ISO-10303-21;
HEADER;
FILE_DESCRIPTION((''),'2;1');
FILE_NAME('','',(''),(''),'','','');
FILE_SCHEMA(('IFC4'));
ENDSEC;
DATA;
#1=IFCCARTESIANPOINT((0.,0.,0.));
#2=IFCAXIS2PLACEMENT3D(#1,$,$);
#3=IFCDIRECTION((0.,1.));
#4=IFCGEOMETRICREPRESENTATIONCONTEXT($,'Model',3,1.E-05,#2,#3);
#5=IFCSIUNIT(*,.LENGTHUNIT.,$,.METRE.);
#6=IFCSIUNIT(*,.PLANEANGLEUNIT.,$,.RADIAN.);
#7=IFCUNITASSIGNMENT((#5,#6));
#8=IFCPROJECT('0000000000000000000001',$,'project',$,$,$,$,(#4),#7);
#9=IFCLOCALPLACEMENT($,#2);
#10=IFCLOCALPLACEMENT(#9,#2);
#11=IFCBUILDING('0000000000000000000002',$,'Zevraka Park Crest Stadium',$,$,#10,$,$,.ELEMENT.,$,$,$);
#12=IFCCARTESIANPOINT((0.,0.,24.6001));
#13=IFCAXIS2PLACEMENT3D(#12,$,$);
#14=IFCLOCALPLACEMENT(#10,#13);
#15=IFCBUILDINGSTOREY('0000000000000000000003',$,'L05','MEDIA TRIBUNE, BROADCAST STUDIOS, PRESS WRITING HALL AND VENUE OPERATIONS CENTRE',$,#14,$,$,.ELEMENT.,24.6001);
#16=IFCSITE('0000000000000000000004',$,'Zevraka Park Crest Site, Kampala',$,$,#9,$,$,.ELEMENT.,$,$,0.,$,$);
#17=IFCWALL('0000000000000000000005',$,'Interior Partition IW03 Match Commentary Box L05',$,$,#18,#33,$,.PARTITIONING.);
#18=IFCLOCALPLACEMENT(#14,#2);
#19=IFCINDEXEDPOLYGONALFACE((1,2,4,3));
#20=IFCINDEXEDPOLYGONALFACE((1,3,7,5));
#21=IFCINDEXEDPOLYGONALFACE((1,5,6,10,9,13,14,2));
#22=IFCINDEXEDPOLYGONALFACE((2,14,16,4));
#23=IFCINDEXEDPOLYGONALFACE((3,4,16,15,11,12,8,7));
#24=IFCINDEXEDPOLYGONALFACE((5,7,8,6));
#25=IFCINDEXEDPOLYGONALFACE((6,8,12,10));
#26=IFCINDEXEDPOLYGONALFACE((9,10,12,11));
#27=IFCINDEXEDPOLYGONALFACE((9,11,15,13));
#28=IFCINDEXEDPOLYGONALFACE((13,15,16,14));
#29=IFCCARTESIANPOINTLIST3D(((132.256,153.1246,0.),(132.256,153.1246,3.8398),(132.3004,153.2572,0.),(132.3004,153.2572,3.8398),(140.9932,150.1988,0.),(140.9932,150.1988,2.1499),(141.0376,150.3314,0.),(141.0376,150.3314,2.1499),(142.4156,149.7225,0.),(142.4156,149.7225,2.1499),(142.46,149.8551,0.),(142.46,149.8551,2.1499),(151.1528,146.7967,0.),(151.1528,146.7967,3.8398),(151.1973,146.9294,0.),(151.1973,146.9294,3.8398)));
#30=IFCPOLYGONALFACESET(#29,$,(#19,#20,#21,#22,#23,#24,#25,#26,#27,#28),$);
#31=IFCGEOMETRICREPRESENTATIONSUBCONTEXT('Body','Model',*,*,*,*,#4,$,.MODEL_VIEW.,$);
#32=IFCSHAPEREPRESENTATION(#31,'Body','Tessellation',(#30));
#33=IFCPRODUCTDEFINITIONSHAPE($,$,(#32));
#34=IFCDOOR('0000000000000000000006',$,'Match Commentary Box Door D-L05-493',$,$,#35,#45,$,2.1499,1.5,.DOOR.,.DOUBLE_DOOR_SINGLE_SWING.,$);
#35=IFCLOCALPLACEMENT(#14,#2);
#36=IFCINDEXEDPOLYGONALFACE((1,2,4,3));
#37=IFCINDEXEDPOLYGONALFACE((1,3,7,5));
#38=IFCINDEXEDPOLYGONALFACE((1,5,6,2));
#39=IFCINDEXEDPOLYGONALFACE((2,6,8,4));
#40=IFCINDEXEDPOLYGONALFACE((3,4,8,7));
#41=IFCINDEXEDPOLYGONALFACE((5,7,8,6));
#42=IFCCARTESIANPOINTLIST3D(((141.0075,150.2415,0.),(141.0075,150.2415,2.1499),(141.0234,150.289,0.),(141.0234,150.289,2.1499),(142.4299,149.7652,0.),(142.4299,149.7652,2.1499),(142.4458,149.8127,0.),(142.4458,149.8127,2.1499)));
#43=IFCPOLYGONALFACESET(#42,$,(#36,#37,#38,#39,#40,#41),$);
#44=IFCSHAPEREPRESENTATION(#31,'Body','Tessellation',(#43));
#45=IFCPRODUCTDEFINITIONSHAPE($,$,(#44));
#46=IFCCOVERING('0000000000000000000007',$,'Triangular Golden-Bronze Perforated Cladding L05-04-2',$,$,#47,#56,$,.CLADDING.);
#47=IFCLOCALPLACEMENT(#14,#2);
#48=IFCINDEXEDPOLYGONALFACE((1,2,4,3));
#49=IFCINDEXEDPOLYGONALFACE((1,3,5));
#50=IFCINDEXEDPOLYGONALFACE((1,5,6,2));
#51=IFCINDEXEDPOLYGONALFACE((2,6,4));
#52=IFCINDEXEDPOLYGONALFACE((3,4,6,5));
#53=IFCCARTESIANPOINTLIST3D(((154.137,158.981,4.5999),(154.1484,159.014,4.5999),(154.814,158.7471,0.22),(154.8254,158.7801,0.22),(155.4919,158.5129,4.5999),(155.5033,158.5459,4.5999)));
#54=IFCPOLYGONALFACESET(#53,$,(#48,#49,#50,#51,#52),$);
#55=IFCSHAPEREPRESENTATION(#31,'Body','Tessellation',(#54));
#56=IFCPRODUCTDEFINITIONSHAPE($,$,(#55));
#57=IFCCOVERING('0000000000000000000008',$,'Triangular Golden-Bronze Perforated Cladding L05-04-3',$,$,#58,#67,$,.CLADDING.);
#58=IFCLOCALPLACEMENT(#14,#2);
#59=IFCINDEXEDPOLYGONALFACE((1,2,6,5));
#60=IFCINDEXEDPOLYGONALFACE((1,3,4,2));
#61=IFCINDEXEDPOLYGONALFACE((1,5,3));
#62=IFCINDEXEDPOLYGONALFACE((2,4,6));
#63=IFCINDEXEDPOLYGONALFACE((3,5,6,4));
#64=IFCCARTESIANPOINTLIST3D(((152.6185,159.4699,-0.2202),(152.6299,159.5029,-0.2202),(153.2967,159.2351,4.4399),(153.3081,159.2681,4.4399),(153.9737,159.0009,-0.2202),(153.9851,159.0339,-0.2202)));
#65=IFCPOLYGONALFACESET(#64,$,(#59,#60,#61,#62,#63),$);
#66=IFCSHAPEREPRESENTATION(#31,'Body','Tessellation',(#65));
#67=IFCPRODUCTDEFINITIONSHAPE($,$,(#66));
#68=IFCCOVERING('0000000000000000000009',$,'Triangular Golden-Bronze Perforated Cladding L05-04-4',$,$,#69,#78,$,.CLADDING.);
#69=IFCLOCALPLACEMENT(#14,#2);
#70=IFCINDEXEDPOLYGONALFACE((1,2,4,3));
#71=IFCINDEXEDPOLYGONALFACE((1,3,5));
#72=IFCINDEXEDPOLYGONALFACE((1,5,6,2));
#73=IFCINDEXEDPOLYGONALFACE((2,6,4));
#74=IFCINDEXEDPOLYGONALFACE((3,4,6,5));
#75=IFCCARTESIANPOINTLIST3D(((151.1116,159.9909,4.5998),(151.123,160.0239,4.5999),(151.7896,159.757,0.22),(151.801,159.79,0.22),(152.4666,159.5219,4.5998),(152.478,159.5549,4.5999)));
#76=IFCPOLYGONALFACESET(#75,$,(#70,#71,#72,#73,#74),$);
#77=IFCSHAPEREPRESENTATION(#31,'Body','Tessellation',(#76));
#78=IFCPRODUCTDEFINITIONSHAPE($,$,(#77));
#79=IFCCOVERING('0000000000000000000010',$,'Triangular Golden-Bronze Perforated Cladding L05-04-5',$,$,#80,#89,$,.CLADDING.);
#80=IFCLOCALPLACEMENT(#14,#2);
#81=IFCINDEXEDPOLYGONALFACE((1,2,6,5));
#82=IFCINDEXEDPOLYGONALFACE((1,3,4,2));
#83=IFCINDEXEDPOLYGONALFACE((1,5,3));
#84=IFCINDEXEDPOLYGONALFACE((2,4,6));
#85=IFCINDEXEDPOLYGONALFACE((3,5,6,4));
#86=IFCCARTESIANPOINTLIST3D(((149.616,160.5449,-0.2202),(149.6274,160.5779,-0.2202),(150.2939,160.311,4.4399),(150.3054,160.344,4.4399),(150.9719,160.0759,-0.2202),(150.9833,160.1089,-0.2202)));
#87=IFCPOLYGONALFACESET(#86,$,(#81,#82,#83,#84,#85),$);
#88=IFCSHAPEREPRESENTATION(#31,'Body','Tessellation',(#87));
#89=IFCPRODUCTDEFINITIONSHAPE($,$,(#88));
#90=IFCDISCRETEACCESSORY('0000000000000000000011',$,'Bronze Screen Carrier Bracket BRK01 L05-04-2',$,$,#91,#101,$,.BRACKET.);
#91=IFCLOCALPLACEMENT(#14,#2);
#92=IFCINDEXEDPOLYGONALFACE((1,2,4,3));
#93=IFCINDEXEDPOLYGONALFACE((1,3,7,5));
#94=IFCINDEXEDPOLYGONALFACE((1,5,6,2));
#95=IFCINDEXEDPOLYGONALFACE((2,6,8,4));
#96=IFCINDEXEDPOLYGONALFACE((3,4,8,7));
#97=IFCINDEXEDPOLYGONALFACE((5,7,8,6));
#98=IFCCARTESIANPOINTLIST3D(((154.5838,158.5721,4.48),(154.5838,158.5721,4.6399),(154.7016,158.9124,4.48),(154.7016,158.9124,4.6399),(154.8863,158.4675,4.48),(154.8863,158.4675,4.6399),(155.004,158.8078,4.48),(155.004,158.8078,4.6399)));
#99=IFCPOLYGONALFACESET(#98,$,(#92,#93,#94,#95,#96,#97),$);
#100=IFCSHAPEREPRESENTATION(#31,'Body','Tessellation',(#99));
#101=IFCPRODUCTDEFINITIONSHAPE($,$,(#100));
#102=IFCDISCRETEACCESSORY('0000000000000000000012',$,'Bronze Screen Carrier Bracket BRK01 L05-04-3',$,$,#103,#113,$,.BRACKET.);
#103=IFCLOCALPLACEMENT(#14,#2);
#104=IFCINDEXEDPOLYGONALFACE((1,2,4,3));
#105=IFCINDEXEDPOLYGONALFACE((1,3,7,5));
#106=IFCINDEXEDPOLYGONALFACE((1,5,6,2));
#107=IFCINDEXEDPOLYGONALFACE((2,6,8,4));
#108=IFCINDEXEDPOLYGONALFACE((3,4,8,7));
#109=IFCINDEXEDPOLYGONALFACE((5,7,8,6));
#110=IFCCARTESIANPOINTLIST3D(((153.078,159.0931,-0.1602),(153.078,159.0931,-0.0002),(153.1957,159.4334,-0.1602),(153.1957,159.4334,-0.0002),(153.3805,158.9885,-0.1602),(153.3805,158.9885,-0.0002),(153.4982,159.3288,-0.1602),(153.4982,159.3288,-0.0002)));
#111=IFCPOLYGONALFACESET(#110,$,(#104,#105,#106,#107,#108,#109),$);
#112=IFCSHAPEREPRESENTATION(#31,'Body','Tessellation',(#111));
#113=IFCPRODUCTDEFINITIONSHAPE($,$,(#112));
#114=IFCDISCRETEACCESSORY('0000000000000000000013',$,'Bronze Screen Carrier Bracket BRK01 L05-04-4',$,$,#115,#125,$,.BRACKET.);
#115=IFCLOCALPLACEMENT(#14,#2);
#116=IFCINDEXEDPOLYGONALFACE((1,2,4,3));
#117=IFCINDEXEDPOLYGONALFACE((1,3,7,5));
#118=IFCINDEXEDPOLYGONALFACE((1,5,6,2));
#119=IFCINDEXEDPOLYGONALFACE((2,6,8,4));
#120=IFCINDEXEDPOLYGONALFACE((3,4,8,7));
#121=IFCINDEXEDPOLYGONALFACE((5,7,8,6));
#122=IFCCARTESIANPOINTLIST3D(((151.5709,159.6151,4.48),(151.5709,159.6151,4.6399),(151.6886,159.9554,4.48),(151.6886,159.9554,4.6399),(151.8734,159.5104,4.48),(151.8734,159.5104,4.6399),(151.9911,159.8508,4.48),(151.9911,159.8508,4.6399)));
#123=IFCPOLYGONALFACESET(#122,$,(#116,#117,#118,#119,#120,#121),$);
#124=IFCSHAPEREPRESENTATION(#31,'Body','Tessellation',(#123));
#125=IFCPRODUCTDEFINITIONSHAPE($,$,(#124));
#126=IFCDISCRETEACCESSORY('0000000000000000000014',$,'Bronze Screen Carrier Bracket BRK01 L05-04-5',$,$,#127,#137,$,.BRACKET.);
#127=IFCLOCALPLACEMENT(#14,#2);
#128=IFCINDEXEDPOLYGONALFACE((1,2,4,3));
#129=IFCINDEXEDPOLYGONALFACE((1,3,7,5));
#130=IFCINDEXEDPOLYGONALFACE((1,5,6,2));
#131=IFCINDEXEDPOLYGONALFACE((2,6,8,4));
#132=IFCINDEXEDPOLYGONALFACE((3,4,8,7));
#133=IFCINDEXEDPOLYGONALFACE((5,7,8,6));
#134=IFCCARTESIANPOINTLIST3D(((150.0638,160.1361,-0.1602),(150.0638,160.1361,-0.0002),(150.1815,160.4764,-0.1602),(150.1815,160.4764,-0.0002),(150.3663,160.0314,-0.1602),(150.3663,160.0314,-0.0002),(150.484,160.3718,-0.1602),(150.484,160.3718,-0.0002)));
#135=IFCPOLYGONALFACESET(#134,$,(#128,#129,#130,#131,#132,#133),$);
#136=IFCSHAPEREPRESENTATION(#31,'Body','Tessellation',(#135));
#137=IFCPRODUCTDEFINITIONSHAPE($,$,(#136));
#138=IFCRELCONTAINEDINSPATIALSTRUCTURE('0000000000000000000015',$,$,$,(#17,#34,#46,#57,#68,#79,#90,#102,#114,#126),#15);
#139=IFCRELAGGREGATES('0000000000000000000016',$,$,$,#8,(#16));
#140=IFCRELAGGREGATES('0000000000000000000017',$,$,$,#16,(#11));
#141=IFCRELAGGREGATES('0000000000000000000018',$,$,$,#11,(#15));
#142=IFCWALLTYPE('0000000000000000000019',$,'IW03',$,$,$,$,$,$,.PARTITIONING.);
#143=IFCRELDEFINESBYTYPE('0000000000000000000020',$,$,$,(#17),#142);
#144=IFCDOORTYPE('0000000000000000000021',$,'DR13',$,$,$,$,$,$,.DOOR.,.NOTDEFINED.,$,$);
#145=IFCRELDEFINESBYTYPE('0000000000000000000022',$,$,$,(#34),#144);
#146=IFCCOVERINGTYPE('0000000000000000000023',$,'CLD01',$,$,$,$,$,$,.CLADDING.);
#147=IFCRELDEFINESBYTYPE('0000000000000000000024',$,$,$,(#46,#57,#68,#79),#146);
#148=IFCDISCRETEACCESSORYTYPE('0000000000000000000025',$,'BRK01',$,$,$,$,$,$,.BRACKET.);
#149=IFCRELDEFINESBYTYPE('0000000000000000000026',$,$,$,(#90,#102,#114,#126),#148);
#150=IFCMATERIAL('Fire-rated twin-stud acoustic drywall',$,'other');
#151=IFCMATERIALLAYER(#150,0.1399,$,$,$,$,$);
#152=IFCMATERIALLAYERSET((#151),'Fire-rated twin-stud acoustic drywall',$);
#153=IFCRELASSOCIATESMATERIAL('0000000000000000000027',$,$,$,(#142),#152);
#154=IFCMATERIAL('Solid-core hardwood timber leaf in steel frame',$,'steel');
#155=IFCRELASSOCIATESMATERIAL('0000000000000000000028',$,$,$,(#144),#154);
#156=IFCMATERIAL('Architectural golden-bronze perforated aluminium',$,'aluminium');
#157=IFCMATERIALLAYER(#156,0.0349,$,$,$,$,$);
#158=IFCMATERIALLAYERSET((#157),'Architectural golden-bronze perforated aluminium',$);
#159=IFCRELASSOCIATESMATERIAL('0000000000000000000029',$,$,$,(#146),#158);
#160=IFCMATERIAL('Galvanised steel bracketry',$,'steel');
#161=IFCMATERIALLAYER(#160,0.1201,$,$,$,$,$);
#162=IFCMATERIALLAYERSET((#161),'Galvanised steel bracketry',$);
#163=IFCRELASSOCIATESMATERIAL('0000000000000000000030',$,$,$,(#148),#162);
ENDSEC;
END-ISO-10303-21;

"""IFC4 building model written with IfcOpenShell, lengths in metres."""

from ifc_helpers import new_model, si_unit, direction, frame, frame_2d, origin, origin_2d, place, context, subcontext, project, spatial, polyline, rectangle, outline, extrude, material, layer, layer_set, type_object, element, fill, save


model = new_model("IFC4")

# Units and contexts
model_context = context("Model", 3, precision=1e-05, world=origin(), true_north=direction((0.0, 1.0)))
body_context = subcontext(model_context, "Body", "Model", "MODEL_VIEW")
ifc_project = project(units=[si_unit("LENGTHUNIT", "METRE"), si_unit("PLANEANGLEUNIT", "RADIAN")], contexts=[model_context])

# Site, building, storey
site_placement = place(None, origin())
site = spatial("IfcSite", under=ifc_project, at=site_placement, Name="Zevraka Park Crest Site, Kampala", CompositionType="ELEMENT", RefElevation=0.0)
building_placement = place(site_placement, origin())
building = spatial("IfcBuilding", under=site, at=building_placement, Name="Zevraka Park Crest Stadium", CompositionType="ELEMENT")
storey_placement = place(building_placement, frame((0.0, 0.0, 24.6001)))
storey = spatial("IfcBuildingStorey", under=building, at=storey_placement, Name="L05", Description="MEDIA TRIBUNE, BROADCAST STUDIOS, PRESS WRITING HALL AND VENUE OPERATIONS CENTRE", CompositionType="ELEMENT", Elevation=24.6001)

# Wall, opening, door
ifc_material_1 = material(Name="Fire-rated twin-stud acoustic drywall", Category="other")
ifc_layer_1 = layer(ifc_material_1, 0.1399)
ifc_layer_set_1 = layer_set([ifc_layer_1], Name="Fire-rated twin-stud acoustic drywall")
wall_type = type_object("IfcWallType", Name="IW03", PredefinedType="PARTITIONING", material=ifc_layer_set_1)
wall_placement = place(storey_placement, frame((151.175, 146.863, 0.0), z_axis=(0.0, 0.0, 1.0), x_axis=(-0.948247, 0.317532, 0.0)))
wall = element("IfcWall", 1, at=wall_placement, inside=storey, type_object=wall_type, Name="Interior Partition IW03 Match Commentary Box L05", PredefinedType="PARTITIONING", context=body_context, shape_type="SweptSolid", body=[
    extrude(rectangle(XDim=19.9282, YDim=0.1399, at=frame_2d((9.9641, 0.0))), origin(), (0.0, 0.0, 1.0), 3.8398),
])
opening_placement = place(wall_placement, frame((9.2141, 0.0, 0.0)))
opening = element("IfcOpeningElement", 2, at=opening_placement, cuts=wall, PredefinedType="OPENING", context=body_context, shape_type="SweptSolid", body=[
    extrude(rectangle(XDim=1.5, YDim=2.1499, at=frame_2d((0.75, 1.075))), frame((0.0, 0.0798, 0.0), z_axis=(0.0, -1.0, 0.0), x_axis=(1.0, 0.0, 0.0)), (0.0, 0.0, 1.0), 0.1599),
])
ifc_material_2 = material(Name="Solid-core hardwood timber leaf in steel frame", Category="steel")
door_type = type_object("IfcDoorType", Name="DR13", OperationType="NOTDEFINED", PredefinedType="DOOR", material=ifc_material_2)
door_placement = place(opening_placement, origin())
door = element("IfcDoor", 3, at=door_placement, inside=storey, type_object=door_type, Name="Match Commentary Box Door D-L05-493", OperationType="DOUBLE_DOOR_SINGLE_SWING", OverallHeight=2.1499, OverallWidth=1.5, PredefinedType="DOOR", context=body_context, shape_type="SweptSolid", body=[
    extrude(rectangle(XDim=1.5, YDim=2.1499, at=frame_2d((0.75, 1.075))), frame((0.0, 0.0249, 0.0), z_axis=(0.0, -1.0, 0.0), x_axis=(1.0, 0.0, 0.0)), (0.0, 0.0, 1.0), 0.05),
])
fill(opening, door)

# Coverings
ifc_material_3 = material(Name="Architectural golden-bronze perforated aluminium", Category="aluminium")
ifc_layer_2 = layer(ifc_material_3, 0.0349)
ifc_layer_set_2 = layer_set([ifc_layer_2], Name="Architectural golden-bronze perforated aluminium")
covering_type = type_object("IfcCoveringType", Name="CLD01", PredefinedType="CLADDING", material=ifc_layer_set_2)
covering_1_placement = place(storey_placement, frame((154.137, 158.981, 4.5999), z_axis=(-0.326479, -0.945205, 0.00001), x_axis=(0.945205, -0.326479, 0.0)))
element("IfcCovering", 4, at=covering_1_placement, inside=storey, type_object=covering_type, Name="Triangular Golden-Bronze Perforated Cladding L05-04-2", PredefinedType="CLADDING", context=body_context, shape_type="SweptSolid", body=[
    extrude(outline(polyline([(0.0, 0.0), (1.4335, 0.0), (0.7163, -4.3799), (0.0, 0.0)])), origin(), (0.0, 0.0, -1.0), 0.0349),
])
covering_2_placement = place(storey_placement, frame((153.9851, 159.0339, -0.2202), z_axis=(0.327035, 0.945012, 0.000031), x_axis=(-0.945012, 0.327035, 0.0)))
element("IfcCovering", 5, at=covering_2_placement, inside=storey, type_object=covering_type, Name="Triangular Golden-Bronze Perforated Cladding L05-04-3", PredefinedType="CLADDING", context=body_context, shape_type="SweptSolid", body=[
    extrude(outline(polyline([(0.0, 0.0), (1.4341, 0.0), (0.7163, 4.6602), (0.0, 0.0)])), origin(), (0.0, 0.0, -1.0), 0.0349),
])
covering_3_placement = place(storey_placement, frame((151.123, 160.0239, 4.5999), z_axis=(0.327087, 0.944994, 0.000168), x_axis=(0.944994, -0.327087, 0.0)))
element("IfcCovering", 6, at=covering_3_placement, inside=storey, type_object=covering_type, Name="Triangular Golden-Bronze Perforated Cladding L05-04-4", PredefinedType="CLADDING", context=body_context, shape_type="SweptSolid", body=[
    extrude(outline(polyline([(0.0, 0.0), (1.4339, 0.0), (0.7172, 4.3799), (0.0, 0.0)])), origin(), (0.0, 0.0, -1.0), 0.0349),
])
covering_4_placement = place(storey_placement, frame((150.9719, 160.0759, -0.2202), z_axis=(-0.326877, -0.945067, 0.000124), x_axis=(-0.945067, 0.326877, 0.0)))
element("IfcCovering", 7, at=covering_4_placement, inside=storey, type_object=covering_type, Name="Triangular Golden-Bronze Perforated Cladding L05-04-5", PredefinedType="CLADDING", context=body_context, shape_type="SweptSolid", body=[
    extrude(outline(polyline([(0.0, 0.0), (1.4348, 0.0), (0.7176, -4.6602), (0.0, 0.0)])), origin(), (0.0, 0.0, -1.0), 0.0349),
])

# Discrete accessories
ifc_material_4 = material(Name="Galvanised steel bracketry", Category="steel")
ifc_layer_3 = layer(ifc_material_4, 0.1201)
ifc_layer_set_3 = layer_set([ifc_layer_3], Name="Galvanised steel bracketry")
discrete_accessory_type = type_object("IfcDiscreteAccessoryType", Name="BRK01", PredefinedType="BRACKET", material=ifc_layer_set_3)
for number, where, z_axis, x_axis, name in (
    (8, (154.7939, 158.6899, 4.48), (0.0, 0.0, 1.0), (-0.945063, 0.326888, 0.0), "Bronze Screen Carrier Bracket BRK01 L05-04-2"),
    (9, (153.2881, 159.2109, -0.1602), (0.0, 0.0, 1.0), (-0.945063, 0.326888, 0.0), "Bronze Screen Carrier Bracket BRK01 L05-04-3"),
    (10, (151.781, 159.7329, 4.48), (0.0, 0.0, 1.0), (-0.945063, 0.326888, 0.0), "Bronze Screen Carrier Bracket BRK01 L05-04-4"),
    (11, (150.2739, 160.2539, -0.1602), (0.0, 0.0, 1.0), (-0.945063, 0.326888, 0.0), "Bronze Screen Carrier Bracket BRK01 L05-04-5"),
):
    element("IfcDiscreteAccessory", number, at=place(storey_placement, frame(where, z_axis=z_axis, x_axis=x_axis)), inside=storey, type_object=discrete_accessory_type, Name=name, PredefinedType="BRACKET", context=body_context, shape_type="SweptSolid", body=[
        extrude(rectangle(XDim=0.3201, YDim=0.3601, at=origin_2d()), origin(), (0.0, 0.0, 1.0), 0.1599),
    ])

save(model, "model.ifc")
